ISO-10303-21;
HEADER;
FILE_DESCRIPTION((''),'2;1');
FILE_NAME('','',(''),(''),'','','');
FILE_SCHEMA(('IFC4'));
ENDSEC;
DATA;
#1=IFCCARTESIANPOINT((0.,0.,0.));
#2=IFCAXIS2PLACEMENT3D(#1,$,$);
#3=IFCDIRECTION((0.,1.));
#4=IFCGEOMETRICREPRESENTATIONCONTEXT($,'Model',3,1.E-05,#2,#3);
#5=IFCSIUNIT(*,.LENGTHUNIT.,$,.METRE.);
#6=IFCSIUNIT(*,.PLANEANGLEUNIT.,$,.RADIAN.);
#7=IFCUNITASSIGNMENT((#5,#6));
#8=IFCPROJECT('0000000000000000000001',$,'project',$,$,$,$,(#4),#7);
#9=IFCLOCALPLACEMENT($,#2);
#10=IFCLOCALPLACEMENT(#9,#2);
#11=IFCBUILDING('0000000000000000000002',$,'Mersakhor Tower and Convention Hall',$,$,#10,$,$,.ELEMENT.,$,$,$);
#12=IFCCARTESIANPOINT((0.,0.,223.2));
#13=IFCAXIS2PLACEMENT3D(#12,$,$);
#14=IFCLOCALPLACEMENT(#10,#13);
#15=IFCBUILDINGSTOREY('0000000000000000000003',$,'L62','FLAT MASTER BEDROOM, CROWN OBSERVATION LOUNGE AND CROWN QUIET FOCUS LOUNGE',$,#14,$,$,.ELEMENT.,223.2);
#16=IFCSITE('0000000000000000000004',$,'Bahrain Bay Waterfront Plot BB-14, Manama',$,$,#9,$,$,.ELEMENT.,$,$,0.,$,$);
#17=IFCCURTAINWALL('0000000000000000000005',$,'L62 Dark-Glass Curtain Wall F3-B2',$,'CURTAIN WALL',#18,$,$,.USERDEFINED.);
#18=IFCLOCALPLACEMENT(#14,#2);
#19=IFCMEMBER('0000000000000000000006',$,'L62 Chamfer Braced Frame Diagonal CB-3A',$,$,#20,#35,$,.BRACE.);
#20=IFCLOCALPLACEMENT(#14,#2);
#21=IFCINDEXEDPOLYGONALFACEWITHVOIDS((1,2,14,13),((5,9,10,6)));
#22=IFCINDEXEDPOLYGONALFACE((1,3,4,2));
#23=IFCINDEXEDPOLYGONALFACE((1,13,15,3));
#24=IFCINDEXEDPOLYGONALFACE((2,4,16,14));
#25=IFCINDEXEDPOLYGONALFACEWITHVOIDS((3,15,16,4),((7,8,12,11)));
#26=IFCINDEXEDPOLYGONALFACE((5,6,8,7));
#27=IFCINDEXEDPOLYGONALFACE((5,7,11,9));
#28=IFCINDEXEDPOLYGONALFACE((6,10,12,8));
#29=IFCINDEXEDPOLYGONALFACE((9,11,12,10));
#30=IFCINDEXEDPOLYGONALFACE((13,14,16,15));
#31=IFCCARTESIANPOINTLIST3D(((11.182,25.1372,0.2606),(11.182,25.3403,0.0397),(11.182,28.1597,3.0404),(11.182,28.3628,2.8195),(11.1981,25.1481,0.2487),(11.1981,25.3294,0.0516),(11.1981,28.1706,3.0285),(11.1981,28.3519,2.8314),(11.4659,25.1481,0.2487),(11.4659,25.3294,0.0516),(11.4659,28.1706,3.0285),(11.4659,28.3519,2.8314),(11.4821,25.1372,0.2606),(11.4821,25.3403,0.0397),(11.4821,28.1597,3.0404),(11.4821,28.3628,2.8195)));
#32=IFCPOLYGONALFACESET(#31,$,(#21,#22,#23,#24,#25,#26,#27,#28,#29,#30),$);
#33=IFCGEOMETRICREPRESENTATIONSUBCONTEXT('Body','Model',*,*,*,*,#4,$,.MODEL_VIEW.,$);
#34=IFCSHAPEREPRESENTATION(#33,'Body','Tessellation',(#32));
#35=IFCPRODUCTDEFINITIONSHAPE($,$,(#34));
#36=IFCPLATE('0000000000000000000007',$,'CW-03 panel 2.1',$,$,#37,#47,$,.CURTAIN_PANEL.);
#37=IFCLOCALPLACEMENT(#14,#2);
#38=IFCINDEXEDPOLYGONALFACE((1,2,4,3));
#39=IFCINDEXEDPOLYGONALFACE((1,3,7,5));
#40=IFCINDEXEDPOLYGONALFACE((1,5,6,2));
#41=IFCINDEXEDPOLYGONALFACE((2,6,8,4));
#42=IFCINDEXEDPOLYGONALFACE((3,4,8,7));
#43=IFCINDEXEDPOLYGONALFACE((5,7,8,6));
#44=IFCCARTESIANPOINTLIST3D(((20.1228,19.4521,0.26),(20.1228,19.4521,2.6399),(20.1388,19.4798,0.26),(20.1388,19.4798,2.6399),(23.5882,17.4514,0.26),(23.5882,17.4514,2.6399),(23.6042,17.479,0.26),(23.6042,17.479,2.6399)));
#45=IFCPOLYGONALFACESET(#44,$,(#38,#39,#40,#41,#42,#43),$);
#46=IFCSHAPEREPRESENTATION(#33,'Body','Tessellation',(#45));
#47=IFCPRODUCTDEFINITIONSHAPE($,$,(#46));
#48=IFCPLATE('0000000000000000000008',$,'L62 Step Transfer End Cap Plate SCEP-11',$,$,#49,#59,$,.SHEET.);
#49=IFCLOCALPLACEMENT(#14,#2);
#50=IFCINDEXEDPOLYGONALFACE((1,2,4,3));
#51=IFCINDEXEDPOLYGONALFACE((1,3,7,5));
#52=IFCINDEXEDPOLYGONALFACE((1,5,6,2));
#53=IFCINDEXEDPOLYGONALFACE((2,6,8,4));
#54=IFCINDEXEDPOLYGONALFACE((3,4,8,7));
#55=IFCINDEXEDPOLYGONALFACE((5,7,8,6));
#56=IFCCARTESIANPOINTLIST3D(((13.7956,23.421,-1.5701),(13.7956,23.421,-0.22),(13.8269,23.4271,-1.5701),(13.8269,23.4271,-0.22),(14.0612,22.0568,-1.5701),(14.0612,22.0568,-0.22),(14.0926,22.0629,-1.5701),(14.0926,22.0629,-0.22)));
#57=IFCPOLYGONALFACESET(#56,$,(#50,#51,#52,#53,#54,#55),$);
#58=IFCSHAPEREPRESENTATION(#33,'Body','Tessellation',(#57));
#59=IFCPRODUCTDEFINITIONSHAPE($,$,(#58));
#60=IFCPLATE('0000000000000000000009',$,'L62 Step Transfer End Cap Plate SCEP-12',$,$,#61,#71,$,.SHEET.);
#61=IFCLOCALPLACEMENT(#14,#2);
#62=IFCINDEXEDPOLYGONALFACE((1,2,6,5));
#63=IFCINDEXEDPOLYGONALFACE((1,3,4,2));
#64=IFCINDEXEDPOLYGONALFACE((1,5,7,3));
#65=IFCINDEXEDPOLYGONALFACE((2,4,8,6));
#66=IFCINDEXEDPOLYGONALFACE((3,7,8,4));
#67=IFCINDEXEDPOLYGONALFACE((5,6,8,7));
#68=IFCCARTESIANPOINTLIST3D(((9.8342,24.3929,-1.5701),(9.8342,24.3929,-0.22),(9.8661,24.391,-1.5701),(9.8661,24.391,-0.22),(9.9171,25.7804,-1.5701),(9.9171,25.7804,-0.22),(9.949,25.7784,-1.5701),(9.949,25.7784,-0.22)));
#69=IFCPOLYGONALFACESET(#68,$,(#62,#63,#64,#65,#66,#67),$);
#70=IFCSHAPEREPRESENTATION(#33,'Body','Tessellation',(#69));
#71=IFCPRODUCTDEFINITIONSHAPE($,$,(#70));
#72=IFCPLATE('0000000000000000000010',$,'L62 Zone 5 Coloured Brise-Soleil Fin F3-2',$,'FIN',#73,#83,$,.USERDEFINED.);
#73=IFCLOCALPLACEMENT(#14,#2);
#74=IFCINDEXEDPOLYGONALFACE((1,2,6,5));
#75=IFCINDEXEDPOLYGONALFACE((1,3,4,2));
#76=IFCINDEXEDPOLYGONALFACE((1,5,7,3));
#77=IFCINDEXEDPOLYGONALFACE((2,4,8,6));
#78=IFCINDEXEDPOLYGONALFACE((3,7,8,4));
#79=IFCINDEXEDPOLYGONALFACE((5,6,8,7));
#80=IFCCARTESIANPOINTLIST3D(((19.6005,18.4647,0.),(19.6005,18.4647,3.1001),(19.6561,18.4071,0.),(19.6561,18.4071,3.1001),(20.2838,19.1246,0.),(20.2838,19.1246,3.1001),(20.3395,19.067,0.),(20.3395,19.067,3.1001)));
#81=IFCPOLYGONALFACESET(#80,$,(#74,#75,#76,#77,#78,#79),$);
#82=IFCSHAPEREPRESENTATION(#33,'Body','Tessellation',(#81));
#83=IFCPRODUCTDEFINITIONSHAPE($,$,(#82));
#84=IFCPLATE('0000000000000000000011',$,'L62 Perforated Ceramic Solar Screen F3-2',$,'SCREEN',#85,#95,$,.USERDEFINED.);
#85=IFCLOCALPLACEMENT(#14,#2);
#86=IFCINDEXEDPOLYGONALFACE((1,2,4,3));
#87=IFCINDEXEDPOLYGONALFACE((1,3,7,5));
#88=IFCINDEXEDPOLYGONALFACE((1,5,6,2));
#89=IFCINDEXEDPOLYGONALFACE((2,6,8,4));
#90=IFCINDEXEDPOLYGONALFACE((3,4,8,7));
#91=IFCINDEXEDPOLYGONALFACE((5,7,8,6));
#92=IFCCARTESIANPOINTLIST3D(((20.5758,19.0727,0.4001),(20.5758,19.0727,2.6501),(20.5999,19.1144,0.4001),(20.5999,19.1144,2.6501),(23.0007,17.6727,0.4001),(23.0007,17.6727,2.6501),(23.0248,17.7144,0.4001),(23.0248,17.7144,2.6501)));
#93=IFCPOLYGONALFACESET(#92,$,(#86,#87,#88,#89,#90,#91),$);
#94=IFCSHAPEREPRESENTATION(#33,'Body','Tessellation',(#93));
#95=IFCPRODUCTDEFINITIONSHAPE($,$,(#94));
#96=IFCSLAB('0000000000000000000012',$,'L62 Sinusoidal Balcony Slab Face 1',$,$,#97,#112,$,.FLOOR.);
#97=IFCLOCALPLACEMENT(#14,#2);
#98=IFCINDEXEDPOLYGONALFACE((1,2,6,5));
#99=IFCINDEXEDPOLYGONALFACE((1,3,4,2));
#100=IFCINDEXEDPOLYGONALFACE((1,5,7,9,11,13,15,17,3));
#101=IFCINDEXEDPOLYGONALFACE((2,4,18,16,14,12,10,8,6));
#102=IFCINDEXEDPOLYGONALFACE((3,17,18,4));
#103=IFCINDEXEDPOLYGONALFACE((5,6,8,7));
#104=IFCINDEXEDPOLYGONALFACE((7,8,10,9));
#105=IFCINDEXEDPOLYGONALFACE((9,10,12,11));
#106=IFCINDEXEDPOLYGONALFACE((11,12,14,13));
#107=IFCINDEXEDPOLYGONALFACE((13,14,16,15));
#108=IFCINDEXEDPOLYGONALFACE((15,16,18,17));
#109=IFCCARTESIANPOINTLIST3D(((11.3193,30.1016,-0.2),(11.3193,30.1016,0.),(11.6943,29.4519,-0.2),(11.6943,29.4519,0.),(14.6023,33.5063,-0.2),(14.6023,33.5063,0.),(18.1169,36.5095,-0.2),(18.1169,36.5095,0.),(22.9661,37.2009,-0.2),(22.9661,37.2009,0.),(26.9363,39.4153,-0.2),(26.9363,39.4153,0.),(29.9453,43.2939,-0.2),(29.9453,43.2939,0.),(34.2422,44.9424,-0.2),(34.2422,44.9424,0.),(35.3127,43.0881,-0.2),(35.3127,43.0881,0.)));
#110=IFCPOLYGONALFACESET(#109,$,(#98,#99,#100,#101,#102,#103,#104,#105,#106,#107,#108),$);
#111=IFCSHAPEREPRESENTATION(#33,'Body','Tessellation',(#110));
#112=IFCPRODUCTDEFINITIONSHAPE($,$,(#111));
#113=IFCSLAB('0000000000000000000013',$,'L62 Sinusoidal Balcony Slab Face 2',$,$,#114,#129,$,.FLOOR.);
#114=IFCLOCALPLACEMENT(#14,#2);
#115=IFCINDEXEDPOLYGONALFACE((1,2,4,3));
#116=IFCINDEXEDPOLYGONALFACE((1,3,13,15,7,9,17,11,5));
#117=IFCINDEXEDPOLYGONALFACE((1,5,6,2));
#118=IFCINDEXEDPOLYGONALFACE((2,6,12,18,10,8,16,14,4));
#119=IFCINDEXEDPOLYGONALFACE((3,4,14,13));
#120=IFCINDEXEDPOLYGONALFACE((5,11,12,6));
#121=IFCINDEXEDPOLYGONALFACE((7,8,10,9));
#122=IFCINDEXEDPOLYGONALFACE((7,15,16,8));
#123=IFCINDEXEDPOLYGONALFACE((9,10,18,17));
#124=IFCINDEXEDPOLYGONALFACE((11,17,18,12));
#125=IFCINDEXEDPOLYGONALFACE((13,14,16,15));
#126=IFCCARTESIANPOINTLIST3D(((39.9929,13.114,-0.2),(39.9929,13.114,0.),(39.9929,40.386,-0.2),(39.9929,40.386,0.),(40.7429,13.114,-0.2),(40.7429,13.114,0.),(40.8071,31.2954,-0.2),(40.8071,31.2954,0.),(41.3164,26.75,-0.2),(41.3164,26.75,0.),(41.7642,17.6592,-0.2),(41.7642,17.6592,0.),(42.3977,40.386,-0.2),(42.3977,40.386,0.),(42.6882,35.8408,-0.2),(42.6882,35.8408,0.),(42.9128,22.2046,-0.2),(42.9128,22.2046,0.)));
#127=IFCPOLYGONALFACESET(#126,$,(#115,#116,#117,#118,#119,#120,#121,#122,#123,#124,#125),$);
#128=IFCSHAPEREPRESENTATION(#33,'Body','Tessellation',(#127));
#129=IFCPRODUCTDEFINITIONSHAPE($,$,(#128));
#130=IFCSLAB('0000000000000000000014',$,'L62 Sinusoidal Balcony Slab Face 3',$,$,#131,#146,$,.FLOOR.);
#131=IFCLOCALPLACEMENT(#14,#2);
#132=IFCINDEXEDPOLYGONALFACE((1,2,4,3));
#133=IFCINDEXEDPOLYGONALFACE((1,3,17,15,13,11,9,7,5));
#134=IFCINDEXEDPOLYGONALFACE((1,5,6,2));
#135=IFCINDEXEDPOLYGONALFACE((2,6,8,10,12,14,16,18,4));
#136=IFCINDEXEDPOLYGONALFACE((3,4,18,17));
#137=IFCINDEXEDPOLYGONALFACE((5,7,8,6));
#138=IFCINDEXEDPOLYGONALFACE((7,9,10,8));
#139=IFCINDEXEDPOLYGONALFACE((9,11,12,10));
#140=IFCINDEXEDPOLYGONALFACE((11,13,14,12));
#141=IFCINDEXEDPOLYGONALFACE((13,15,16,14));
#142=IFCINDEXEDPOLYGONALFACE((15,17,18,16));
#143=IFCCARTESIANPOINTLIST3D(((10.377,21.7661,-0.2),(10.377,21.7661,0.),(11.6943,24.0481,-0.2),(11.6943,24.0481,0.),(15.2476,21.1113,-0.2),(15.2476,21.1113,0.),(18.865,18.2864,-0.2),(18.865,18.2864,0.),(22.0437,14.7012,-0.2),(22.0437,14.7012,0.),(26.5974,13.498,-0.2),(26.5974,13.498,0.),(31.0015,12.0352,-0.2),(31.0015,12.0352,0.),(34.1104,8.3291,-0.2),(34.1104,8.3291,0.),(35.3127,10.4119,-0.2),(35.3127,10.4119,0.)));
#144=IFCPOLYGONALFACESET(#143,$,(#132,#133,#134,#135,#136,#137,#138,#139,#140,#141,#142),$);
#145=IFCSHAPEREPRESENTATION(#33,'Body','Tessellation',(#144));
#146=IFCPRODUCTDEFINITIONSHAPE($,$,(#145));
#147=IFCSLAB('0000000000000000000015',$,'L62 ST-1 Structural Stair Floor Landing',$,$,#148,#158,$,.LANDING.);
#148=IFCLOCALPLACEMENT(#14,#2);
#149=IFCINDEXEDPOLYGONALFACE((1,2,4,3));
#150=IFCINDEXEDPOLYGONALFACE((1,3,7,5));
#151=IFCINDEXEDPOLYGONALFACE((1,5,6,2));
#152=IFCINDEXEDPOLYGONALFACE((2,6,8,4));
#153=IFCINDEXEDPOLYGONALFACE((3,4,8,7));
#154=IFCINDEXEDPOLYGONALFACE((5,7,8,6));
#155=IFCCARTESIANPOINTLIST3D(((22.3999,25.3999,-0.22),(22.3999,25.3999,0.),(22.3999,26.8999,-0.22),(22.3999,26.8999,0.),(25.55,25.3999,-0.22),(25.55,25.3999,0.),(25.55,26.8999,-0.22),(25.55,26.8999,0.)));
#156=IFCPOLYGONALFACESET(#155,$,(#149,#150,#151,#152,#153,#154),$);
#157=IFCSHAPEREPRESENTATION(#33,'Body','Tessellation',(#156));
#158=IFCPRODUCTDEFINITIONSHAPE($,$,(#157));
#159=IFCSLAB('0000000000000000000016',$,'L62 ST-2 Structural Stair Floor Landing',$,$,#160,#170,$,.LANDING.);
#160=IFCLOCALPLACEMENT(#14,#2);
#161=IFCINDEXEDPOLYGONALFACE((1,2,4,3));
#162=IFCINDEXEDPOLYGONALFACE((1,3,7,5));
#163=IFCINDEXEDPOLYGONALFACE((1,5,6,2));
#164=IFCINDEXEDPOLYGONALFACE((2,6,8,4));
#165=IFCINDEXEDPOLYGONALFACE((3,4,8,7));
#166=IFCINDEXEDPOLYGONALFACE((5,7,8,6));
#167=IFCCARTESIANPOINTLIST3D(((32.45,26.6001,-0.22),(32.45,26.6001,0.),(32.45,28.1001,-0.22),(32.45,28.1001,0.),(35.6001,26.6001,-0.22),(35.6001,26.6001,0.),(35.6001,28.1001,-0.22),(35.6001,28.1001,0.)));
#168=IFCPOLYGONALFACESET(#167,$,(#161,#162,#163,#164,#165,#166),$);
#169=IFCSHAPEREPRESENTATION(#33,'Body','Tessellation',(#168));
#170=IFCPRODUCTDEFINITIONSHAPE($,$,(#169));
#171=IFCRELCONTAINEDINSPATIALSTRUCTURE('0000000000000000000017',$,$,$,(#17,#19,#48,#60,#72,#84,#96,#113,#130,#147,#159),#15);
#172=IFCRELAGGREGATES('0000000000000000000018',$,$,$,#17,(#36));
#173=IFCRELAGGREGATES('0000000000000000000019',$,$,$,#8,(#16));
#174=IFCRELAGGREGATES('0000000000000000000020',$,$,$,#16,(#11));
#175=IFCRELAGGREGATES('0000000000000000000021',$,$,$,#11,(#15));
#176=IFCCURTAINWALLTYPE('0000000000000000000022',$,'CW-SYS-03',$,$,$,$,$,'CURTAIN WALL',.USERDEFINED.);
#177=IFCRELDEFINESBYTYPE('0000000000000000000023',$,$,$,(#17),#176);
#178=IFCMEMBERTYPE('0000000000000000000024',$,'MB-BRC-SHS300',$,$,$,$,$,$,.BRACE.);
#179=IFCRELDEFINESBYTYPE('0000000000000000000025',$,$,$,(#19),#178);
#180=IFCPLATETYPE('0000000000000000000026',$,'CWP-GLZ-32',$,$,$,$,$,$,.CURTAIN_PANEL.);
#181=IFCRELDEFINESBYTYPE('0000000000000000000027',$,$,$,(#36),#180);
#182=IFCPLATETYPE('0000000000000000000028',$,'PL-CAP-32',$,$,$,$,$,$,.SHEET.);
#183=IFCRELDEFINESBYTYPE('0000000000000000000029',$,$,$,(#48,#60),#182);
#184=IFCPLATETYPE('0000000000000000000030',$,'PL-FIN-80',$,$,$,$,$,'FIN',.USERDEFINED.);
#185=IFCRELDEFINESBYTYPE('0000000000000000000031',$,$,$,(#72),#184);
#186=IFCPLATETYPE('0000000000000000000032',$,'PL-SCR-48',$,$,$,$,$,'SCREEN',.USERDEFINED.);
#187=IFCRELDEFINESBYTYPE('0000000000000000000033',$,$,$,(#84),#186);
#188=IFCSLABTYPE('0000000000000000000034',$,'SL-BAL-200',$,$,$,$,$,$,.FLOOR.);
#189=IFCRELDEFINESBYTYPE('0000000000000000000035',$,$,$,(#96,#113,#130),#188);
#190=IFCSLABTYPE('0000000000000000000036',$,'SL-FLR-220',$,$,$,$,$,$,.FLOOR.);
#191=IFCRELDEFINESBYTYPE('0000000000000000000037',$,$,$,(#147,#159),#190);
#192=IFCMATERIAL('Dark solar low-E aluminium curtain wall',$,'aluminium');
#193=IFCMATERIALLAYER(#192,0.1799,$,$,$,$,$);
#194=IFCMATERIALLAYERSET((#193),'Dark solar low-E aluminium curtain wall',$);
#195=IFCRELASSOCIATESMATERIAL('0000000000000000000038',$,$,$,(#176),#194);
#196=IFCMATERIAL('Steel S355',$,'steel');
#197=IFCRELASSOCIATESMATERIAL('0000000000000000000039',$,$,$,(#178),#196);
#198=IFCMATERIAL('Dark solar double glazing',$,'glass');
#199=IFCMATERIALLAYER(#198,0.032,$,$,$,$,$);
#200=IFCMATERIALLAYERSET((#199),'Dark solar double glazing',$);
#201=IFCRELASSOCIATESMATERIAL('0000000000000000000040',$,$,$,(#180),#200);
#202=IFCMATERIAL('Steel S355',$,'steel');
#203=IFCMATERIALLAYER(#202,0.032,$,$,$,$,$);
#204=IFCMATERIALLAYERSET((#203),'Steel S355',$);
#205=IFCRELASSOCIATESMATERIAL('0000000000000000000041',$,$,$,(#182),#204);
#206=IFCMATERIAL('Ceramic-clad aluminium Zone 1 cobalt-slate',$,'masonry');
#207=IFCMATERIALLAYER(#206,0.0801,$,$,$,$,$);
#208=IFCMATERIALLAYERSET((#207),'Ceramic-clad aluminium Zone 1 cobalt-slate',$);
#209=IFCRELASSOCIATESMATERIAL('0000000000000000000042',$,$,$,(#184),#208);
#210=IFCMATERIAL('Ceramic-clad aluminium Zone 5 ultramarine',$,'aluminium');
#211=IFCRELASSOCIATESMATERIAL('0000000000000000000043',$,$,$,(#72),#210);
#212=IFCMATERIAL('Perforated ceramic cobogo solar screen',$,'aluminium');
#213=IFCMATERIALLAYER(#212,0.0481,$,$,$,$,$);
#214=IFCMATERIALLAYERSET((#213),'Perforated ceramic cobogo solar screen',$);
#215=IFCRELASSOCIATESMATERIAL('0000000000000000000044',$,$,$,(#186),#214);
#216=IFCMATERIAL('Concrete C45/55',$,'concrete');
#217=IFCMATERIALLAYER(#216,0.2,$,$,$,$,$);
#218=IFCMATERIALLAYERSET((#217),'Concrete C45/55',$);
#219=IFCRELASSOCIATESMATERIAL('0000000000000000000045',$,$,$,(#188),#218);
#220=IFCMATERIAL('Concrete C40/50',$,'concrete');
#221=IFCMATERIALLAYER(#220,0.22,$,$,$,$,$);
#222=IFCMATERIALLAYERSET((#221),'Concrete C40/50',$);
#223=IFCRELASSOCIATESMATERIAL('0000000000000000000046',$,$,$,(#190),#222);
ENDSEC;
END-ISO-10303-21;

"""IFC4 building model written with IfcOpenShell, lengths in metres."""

from ifc_helpers import new_model, si_unit, direction, frame, origin, origin_2d, place, context, subcontext, project, spatial, polyline, rectangle, hollow_rectangle, outline, extrude, material, layer, layer_set, material_profile, profile_set, type_object, element, aggregate, save


model = new_model("IFC4")

# Units and contexts
model_context = context("Model", 3, precision=1e-05, world=origin(), true_north=direction((0.0, 1.0)))
body_context = subcontext(model_context, "Body", "Model", "MODEL_VIEW")
ifc_project = project(units=[si_unit("LENGTHUNIT", "METRE"), si_unit("PLANEANGLEUNIT", "RADIAN")], contexts=[model_context])

# Site, building, storey
site_placement = place(None, origin())
site = spatial("IfcSite", under=ifc_project, at=site_placement, Name="Bahrain Bay Waterfront Plot BB-14, Manama", CompositionType="ELEMENT", RefElevation=0.0)
building_placement = place(site_placement, origin())
building = spatial("IfcBuilding", under=site, at=building_placement, Name="Mersakhor Tower and Convention Hall", CompositionType="ELEMENT")
storey_placement = place(building_placement, frame((0.0, 0.0, 223.2)))
storey = spatial("IfcBuildingStorey", under=building, at=storey_placement, Name="L62", Description="FLAT MASTER BEDROOM, CROWN OBSERVATION LOUNGE AND CROWN QUIET FOCUS LOUNGE", CompositionType="ELEMENT", Elevation=223.2)

# Curtain wall
ifc_material_1 = material(Name="Dark solar low-E aluminium curtain wall", Category="aluminium")
ifc_layer_1 = layer(ifc_material_1, 0.1799)
ifc_layer_set_1 = layer_set([ifc_layer_1], Name="Dark solar low-E aluminium curtain wall")
curtain_wall_type = type_object("IfcCurtainWallType", Name="CW-SYS-03", ElementType="CURTAIN WALL", PredefinedType="USERDEFINED", material=ifc_layer_set_1)
curtain_wall_placement = place(storey_placement, origin())
curtain_wall = element("IfcCurtainWall", 1, at=curtain_wall_placement, inside=storey, type_object=curtain_wall_type, Name="L62 Dark-Glass Curtain Wall F3-B2", ObjectType="CURTAIN WALL", PredefinedType="USERDEFINED")

# Member
ifc_material_2 = material(Name="Steel S355", Category="steel")
ifc_material_profile_1 = material_profile(ifc_material_2, hollow_rectangle(XDim=0.3, YDim=0.3, WallThickness=0.0161, at=origin_2d()), Name="SHS 300x300x16")
ifc_profile_set_1 = profile_set([ifc_material_profile_1], Name="Steel S355")
member_type_1 = type_object("IfcMemberType", Name="MB-BRC-SHS300", PredefinedType="BRACE", material=ifc_profile_set_1)
member_1_placement = place(storey_placement, frame((11.332, 25.2388, 0.1501), z_axis=(0.0, 0.736038, 0.676941), x_axis=(-1.0, 0.0, 0.0)))
element("IfcMember", 2, at=member_1_placement, inside=storey, type_object=member_type_1, Name="L62 Chamfer Braced Frame Diagonal CB-3A", PredefinedType="BRACE", context=body_context, shape_type="SweptSolid", body=[
    extrude(hollow_rectangle(XDim=0.3, YDim=0.3, WallThickness=0.0161, at=origin_2d()), origin(), (0.0, 0.0, 1.0), 4.1064),
])

# Plate
ifc_material_3 = material(Name="Dark solar double glazing", Category="glass")
ifc_layer_2 = layer(ifc_material_3, 0.032)
ifc_layer_set_2 = layer_set([ifc_layer_2], Name="Dark solar double glazing")
plate_type_1 = type_object("IfcPlateType", Name="CWP-GLZ-32", PredefinedType="CURTAIN_PANEL", material=ifc_layer_set_2)
plate_1_placement = place(storey_placement, frame((21.8635, 18.4656, 0.26), z_axis=(0.0, 0.0, 1.0), x_axis=(-0.866023, 0.500004, 0.0)))
plate_1 = element("IfcPlate", 3, at=plate_1_placement, type_object=plate_type_1, Name="CW-03 panel 2.1", PredefinedType="CURTAIN_PANEL", context=body_context, shape_type="SweptSolid", body=[
    extrude(rectangle(XDim=4.0015, YDim=0.032, at=origin_2d()), origin(), (0.0, 0.0, 1.0), 2.3799),
])
aggregate(curtain_wall, [plate_1])

# Plates
ifc_material_4 = material(Name="Steel S355", Category="steel")
ifc_layer_3 = layer(ifc_material_4, 0.032)
ifc_layer_set_3 = layer_set([ifc_layer_3], Name="Steel S355")
plate_type_2 = type_object("IfcPlateType", Name="PL-CAP-32", PredefinedType="SHEET", material=ifc_layer_set_3)
for number, where, z_axis, x_axis, name in (
    (4, (13.9441, 22.7419, -1.5701), (0.0, 0.0, 1.0), (0.981561, 0.191152, 0.0), "L62 Step Transfer End Cap Plate SCEP-11"),
    (5, (9.8916, 25.0857, -1.5701), (0.0, 0.0, 1.0), (0.998219, -0.059655, 0.0), "L62 Step Transfer End Cap Plate SCEP-12"),
):
    element("IfcPlate", number, at=place(storey_placement, frame(where, z_axis=z_axis, x_axis=x_axis)), inside=storey, type_object=plate_type_2, Name=name, PredefinedType="SHEET", context=body_context, shape_type="SweptSolid", body=[
        extrude(rectangle(XDim=0.032, YDim=1.3899, at=origin_2d()), origin(), (0.0, 0.0, 1.0), 1.3501),
    ])
ifc_material_5 = material(Name="Ceramic-clad aluminium Zone 5 ultramarine", Category="aluminium")
ifc_material_6 = material(Name="Ceramic-clad aluminium Zone 1 cobalt-slate", Category="masonry")
ifc_layer_4 = layer(ifc_material_6, 0.0801)
ifc_layer_set_4 = layer_set([ifc_layer_4], Name="Ceramic-clad aluminium Zone 1 cobalt-slate")
plate_type_3 = type_object("IfcPlateType", Name="PL-FIN-80", ElementType="FIN", PredefinedType="USERDEFINED", material=ifc_layer_set_4)
plate_2_placement = place(storey_placement, frame((19.97, 18.7659, 0.0), z_axis=(0.0, 0.0, 1.0), x_axis=(-0.71934, -0.694658, 0.0)))
element("IfcPlate", 6, at=plate_2_placement, inside=storey, type_object=plate_type_3, material=ifc_material_5, Name="L62 Zone 5 Coloured Brise-Soleil Fin F3-2", ObjectType="FIN", PredefinedType="USERDEFINED", context=body_context, shape_type="SweptSolid", body=[
    extrude(rectangle(XDim=0.95, YDim=0.0801, at=origin_2d()), origin(), (0.0, 0.0, 1.0), 3.1001),
])
ifc_material_7 = material(Name="Perforated ceramic cobogo solar screen", Category="aluminium")
ifc_layer_5 = layer(ifc_material_7, 0.0481)
ifc_layer_set_5 = layer_set([ifc_layer_5], Name="Perforated ceramic cobogo solar screen")
plate_type_4 = type_object("IfcPlateType", Name="PL-SCR-48", ElementType="SCREEN", PredefinedType="USERDEFINED", material=ifc_layer_set_5)
plate_3_placement = place(storey_placement, frame((21.8003, 18.3936, 0.4001), z_axis=(0.0, 0.0, 1.0), x_axis=(-0.866025, 0.5, 0.0)))
element("IfcPlate", 7, at=plate_3_placement, inside=storey, type_object=plate_type_4, Name="L62 Perforated Ceramic Solar Screen F3-2", ObjectType="SCREEN", PredefinedType="USERDEFINED", context=body_context, shape_type="SweptSolid", body=[
    extrude(rectangle(XDim=2.8, YDim=0.0481, at=origin_2d()), origin(), (0.0, 0.0, 1.0), 2.25),
])

# Slabs
ifc_material_8 = material(Name="Concrete C45/55", Category="concrete")
ifc_layer_6 = layer(ifc_material_8, 0.2)
ifc_layer_set_6 = layer_set([ifc_layer_6], Name="Concrete C45/55")
slab_type_1 = type_object("IfcSlabType", Name="SL-BAL-200", PredefinedType="FLOOR", material=ifc_layer_set_6)
slab_1_placement = place(storey_placement, frame((0.0, 0.0, -0.2)))
element("IfcSlab", 8, at=slab_1_placement, inside=storey, type_object=slab_type_1, Name="L62 Sinusoidal Balcony Slab Face 1", PredefinedType="FLOOR", context=body_context, shape_type="SweptSolid", body=[
    extrude(outline(polyline([(11.6943, 29.4519), (35.3127, 43.0881), (34.2422, 44.9424), (29.9453, 43.2939), (26.9363, 39.4153), (22.9661, 37.2009), (18.1169, 36.5095), (14.6023, 33.5063), (11.3193, 30.1016), (11.6943, 29.4519)])), origin(), (0.0, 0.0, 1.0), 0.2),
])
slab_2_placement = place(storey_placement, frame((0.0, 0.0, -0.2)))
element("IfcSlab", 9, at=slab_2_placement, inside=storey, type_object=slab_type_1, Name="L62 Sinusoidal Balcony Slab Face 2", PredefinedType="FLOOR", context=body_context, shape_type="SweptSolid", body=[
    extrude(outline(polyline([(39.9929, 40.386), (39.9929, 13.114), (40.7429, 13.114), (41.7642, 17.6592), (42.9128, 22.2046), (41.3164, 26.75), (40.8071, 31.2954), (42.6882, 35.8408), (42.3977, 40.386), (39.9929, 40.386)])), origin(), (0.0, 0.0, 1.0), 0.2),
])
slab_3_placement = place(storey_placement, frame((0.0, 0.0, -0.2)))
element("IfcSlab", 10, at=slab_3_placement, inside=storey, type_object=slab_type_1, Name="L62 Sinusoidal Balcony Slab Face 3", PredefinedType="FLOOR", context=body_context, shape_type="SweptSolid", body=[
    extrude(outline(polyline([(35.3127, 10.4119), (11.6943, 24.0481), (10.377, 21.7661), (15.2476, 21.1113), (18.865, 18.2864), (22.0437, 14.7012), (26.5974, 13.498), (31.0015, 12.0352), (34.1104, 8.3291), (35.3127, 10.4119)])), origin(), (0.0, 0.0, 1.0), 0.2),
])
ifc_material_9 = material(Name="Concrete C40/50", Category="concrete")
ifc_layer_7 = layer(ifc_material_9, 0.22)
ifc_layer_set_7 = layer_set([ifc_layer_7], Name="Concrete C40/50")
slab_type_2 = type_object("IfcSlabType", Name="SL-FLR-220", PredefinedType="FLOOR", material=ifc_layer_set_7)
slab_4_placement = place(storey_placement, frame((0.0, 0.0, -0.22)))
element("IfcSlab", 11, at=slab_4_placement, inside=storey, type_object=slab_type_2, Name="L62 ST-1 Structural Stair Floor Landing", PredefinedType="LANDING", context=body_context, shape_type="SweptSolid", body=[
    extrude(outline(polyline([(25.55, 25.3999), (25.55, 26.8999), (22.3999, 26.8999), (22.3999, 25.3999), (25.55, 25.3999)])), origin(), (0.0, 0.0, 1.0), 0.22),
])
slab_5_placement = place(storey_placement, frame((0.0, 0.0, -0.22)))
element("IfcSlab", 12, at=slab_5_placement, inside=storey, type_object=slab_type_2, Name="L62 ST-2 Structural Stair Floor Landing", PredefinedType="LANDING", context=body_context, shape_type="SweptSolid", body=[
    extrude(outline(polyline([(32.45, 28.1001), (32.45, 26.6001), (35.6001, 26.6001), (35.6001, 28.1001), (32.45, 28.1001)])), origin(), (0.0, 0.0, 1.0), 0.22),
])

save(model, "model.ifc")
